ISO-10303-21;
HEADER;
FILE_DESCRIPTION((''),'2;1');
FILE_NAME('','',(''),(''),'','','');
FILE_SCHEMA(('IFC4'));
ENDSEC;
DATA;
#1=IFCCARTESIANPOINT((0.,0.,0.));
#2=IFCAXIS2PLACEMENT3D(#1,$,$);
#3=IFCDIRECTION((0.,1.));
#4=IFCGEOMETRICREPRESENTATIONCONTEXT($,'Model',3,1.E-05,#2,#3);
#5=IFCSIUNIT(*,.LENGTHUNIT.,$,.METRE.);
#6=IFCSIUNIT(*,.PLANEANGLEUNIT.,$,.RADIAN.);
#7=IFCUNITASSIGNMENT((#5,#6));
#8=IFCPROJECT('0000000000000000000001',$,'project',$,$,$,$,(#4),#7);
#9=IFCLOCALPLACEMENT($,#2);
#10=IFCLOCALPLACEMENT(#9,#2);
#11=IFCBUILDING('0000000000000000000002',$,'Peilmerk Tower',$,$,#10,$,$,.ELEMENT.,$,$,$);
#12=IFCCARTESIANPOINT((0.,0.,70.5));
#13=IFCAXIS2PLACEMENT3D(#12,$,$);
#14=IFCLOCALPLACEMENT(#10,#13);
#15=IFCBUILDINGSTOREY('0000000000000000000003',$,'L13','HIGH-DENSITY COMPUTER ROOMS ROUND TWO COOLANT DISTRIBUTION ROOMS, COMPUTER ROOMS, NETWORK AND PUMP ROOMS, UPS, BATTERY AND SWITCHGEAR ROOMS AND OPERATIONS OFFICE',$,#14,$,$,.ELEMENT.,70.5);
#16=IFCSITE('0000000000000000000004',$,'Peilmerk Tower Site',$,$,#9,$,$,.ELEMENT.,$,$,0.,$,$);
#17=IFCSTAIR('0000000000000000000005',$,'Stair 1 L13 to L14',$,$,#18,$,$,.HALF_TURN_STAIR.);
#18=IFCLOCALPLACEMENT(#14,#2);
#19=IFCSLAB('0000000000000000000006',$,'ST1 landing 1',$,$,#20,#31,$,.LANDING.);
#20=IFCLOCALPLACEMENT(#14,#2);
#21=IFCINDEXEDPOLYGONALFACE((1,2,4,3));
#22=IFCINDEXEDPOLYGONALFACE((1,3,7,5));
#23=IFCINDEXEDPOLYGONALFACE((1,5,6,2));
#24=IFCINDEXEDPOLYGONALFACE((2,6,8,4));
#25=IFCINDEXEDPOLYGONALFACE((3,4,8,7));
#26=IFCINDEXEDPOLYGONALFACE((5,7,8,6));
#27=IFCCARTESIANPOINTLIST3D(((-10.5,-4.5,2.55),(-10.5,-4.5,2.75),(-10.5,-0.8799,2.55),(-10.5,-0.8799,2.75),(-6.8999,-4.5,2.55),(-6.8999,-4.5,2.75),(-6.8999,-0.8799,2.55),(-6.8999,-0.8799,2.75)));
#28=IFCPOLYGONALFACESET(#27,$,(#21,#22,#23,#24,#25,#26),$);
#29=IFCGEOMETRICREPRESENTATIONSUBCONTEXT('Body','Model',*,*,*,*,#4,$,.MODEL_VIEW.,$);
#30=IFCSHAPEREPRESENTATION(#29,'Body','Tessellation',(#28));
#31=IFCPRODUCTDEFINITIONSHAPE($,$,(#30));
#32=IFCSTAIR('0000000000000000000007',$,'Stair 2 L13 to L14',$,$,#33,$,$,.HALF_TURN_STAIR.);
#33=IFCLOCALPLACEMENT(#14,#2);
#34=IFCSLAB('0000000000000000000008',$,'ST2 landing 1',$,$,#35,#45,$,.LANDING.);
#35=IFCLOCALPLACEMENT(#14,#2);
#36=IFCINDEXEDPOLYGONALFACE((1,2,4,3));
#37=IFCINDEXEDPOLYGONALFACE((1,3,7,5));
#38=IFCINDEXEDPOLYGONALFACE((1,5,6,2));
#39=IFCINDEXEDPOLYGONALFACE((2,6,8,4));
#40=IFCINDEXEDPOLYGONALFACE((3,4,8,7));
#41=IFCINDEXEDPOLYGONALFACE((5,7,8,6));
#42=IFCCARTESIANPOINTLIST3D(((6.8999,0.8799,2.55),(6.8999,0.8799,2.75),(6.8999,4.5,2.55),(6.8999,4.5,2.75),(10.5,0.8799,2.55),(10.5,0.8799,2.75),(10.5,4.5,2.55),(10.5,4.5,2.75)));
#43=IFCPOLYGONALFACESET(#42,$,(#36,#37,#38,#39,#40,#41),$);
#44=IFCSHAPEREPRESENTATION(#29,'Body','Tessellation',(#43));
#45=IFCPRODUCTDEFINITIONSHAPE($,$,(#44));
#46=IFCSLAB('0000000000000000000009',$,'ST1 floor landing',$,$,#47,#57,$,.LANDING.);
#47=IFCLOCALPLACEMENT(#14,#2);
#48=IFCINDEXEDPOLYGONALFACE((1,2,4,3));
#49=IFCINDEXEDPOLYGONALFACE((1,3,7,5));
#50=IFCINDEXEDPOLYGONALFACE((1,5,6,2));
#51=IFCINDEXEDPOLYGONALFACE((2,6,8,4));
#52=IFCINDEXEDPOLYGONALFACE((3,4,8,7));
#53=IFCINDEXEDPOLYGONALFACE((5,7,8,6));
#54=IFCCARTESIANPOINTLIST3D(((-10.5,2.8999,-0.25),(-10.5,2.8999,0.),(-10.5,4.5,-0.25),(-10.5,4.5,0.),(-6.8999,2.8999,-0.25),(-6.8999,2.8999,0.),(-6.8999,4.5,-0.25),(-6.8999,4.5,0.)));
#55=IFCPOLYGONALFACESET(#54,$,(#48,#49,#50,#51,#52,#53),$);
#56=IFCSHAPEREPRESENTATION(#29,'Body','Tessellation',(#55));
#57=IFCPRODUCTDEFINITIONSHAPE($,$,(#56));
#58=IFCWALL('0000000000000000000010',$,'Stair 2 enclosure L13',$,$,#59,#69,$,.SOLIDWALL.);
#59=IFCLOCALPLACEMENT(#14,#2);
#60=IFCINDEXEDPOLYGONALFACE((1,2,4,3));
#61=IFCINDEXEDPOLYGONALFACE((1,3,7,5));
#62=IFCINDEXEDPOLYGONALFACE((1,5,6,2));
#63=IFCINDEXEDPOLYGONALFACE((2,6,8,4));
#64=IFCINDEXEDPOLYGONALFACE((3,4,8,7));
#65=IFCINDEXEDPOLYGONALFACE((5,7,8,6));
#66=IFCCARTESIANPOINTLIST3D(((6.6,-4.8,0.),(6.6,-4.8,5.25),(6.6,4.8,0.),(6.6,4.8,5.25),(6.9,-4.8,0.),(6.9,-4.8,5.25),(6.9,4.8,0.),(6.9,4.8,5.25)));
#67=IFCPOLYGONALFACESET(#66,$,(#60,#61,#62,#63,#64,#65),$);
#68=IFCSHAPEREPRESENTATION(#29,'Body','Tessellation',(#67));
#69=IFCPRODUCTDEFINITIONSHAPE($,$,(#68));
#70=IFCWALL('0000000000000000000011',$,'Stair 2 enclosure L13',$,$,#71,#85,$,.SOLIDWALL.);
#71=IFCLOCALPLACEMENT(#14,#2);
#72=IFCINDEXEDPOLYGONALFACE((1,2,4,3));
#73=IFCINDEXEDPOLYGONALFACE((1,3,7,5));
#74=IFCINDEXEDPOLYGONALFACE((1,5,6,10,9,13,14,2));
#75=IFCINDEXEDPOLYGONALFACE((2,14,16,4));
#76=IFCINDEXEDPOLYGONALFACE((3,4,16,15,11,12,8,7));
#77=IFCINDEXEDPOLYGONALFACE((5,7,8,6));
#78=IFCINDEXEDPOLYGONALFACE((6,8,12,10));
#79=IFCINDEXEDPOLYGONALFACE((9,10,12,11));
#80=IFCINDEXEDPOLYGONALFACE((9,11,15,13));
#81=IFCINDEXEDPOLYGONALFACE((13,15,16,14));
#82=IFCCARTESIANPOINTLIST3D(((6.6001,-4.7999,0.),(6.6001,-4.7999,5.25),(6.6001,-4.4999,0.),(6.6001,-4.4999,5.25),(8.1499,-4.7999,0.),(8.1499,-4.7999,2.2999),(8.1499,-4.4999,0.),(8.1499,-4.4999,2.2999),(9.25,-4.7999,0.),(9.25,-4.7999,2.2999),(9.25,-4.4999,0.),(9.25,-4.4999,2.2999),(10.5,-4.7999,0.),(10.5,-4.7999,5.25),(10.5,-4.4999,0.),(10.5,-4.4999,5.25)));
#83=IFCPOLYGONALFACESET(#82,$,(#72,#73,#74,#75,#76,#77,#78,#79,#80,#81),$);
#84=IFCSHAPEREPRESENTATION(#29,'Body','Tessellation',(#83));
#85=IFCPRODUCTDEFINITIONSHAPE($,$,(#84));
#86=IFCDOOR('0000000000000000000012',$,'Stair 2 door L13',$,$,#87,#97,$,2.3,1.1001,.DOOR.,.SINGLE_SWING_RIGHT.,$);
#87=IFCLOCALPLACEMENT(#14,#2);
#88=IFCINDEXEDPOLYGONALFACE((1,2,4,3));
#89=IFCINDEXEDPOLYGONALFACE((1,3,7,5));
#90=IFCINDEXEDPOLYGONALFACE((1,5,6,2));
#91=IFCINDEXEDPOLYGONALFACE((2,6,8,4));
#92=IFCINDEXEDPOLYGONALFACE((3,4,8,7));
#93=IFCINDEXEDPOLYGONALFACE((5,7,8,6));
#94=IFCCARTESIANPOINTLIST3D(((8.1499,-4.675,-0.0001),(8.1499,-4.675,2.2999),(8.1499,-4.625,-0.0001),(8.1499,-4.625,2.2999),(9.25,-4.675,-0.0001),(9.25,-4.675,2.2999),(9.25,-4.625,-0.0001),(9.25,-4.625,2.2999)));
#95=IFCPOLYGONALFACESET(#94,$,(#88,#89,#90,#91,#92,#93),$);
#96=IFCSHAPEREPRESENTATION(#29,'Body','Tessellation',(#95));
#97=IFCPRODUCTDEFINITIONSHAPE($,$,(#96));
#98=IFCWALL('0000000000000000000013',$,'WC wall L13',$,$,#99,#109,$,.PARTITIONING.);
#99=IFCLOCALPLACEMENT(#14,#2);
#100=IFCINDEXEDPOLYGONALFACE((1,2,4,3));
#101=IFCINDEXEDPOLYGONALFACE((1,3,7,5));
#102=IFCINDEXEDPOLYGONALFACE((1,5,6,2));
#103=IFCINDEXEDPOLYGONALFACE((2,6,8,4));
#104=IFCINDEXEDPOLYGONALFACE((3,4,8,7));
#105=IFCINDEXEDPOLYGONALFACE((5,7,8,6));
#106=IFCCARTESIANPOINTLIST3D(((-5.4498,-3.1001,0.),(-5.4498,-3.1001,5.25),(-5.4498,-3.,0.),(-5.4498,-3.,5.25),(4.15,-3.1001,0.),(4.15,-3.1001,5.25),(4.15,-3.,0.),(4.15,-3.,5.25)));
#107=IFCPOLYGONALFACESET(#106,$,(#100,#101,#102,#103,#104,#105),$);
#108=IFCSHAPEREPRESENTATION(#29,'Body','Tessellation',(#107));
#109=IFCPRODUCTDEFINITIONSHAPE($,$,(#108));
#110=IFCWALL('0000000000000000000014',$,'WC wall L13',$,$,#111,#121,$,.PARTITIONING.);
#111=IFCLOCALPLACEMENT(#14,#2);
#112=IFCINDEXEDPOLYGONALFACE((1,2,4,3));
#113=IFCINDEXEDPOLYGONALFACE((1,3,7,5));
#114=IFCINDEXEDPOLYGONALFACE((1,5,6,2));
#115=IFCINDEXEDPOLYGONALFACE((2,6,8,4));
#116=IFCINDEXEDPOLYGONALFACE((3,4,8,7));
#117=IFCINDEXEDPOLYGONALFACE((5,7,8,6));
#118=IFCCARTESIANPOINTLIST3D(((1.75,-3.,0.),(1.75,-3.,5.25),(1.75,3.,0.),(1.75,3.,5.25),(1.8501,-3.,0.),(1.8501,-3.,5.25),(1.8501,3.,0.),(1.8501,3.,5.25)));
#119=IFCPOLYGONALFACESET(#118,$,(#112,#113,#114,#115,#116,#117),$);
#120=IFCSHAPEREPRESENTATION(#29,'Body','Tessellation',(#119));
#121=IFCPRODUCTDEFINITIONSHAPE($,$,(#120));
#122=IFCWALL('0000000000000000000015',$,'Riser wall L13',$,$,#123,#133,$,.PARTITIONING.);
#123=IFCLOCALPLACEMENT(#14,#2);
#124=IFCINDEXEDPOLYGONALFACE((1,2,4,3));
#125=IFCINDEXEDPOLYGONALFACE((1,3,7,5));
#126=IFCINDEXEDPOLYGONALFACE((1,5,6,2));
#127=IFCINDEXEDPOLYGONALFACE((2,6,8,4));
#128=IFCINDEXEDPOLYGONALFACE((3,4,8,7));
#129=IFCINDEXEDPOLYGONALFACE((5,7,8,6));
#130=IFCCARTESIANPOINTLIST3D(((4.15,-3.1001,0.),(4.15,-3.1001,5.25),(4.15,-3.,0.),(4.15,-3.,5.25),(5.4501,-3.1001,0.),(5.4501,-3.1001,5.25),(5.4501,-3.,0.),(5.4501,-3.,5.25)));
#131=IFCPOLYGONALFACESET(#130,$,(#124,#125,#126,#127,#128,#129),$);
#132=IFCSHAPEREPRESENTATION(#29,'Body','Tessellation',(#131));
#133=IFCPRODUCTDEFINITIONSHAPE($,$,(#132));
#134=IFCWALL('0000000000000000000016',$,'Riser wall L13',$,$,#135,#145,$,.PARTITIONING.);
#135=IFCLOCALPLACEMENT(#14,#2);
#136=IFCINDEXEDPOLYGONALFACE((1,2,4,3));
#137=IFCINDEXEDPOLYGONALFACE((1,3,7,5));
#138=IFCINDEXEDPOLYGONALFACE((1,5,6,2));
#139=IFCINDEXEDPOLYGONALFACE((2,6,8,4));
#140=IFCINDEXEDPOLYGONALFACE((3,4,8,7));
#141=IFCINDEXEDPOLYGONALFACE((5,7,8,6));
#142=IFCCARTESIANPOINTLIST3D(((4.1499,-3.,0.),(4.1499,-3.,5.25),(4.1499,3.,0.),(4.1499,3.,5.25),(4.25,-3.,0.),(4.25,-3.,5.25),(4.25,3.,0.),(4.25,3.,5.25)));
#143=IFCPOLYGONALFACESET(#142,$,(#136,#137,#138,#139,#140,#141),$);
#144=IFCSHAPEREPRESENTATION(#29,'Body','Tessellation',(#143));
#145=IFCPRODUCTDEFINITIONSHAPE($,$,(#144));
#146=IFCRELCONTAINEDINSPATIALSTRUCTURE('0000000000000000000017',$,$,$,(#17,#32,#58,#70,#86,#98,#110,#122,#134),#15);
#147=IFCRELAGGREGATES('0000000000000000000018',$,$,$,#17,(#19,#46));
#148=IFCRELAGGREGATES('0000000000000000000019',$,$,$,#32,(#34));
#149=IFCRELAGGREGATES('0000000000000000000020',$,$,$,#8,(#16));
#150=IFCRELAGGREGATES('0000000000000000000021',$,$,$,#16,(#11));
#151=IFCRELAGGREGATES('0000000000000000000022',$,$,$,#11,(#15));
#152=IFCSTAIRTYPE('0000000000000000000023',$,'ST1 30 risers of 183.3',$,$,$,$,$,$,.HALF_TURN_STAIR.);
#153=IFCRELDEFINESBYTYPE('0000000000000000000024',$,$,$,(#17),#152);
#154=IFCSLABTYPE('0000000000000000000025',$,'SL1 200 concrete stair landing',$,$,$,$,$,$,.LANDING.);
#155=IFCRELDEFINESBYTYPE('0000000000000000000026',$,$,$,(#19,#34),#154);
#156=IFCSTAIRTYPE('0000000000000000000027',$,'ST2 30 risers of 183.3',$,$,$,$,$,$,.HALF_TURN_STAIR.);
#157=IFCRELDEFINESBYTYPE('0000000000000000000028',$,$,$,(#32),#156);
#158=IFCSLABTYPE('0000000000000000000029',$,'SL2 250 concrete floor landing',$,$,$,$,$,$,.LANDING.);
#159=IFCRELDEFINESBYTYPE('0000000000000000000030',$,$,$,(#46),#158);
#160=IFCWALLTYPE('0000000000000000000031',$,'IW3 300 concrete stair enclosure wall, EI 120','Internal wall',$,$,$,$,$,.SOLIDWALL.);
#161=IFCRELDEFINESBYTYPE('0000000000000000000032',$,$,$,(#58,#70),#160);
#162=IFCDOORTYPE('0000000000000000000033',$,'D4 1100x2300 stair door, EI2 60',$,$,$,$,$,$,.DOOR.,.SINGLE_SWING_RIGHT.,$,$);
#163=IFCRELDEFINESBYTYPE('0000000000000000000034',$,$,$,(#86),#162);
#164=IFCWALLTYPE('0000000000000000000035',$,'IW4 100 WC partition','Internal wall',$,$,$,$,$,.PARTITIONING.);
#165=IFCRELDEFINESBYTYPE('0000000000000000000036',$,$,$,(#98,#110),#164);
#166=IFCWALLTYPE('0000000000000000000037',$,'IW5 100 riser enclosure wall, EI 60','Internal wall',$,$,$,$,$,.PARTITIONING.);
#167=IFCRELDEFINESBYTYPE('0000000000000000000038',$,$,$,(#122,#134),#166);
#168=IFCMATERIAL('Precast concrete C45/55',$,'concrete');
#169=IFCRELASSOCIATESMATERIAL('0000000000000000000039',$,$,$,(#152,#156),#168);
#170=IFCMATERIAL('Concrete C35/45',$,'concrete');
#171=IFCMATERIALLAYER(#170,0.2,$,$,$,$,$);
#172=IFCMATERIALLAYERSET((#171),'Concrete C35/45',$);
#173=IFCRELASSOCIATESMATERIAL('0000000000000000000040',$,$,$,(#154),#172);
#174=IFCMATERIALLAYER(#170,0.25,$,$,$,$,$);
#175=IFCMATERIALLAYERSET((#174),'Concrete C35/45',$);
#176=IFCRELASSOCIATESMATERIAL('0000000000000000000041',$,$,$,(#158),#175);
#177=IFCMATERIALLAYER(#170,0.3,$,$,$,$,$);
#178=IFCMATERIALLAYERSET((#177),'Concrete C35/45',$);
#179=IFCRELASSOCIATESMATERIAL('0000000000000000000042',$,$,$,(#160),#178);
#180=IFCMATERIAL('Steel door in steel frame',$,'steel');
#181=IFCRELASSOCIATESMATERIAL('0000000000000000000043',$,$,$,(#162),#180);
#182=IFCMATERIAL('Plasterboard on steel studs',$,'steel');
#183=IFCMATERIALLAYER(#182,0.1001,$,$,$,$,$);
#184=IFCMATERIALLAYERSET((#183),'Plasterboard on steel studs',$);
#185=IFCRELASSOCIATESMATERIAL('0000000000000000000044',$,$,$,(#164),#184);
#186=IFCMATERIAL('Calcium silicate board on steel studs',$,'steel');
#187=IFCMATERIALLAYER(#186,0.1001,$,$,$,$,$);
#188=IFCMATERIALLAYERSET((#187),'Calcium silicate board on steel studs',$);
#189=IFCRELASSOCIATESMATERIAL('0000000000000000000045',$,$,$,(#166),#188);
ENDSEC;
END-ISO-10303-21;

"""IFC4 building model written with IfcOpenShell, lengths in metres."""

from ifc_helpers import new_model, si_unit, direction, frame, frame_2d, origin, place, context, subcontext, project, spatial, polyline, rectangle, outline, extrude, material, layer, layer_set, type_object, element, fill, aggregate, save


model = new_model("IFC4")

# Units and contexts
model_context = context("Model", 3, precision=1e-05, world=origin(), true_north=direction((0.0, 1.0)))
body_context = subcontext(model_context, "Body", "Model", "MODEL_VIEW")
ifc_project = project(units=[si_unit("LENGTHUNIT", "METRE"), si_unit("PLANEANGLEUNIT", "RADIAN")], contexts=[model_context])

# Site, building, storey
site_placement = place(None, origin())
site = spatial("IfcSite", under=ifc_project, at=site_placement, Name="Peilmerk Tower Site", CompositionType="ELEMENT", RefElevation=0.0)
building_placement = place(site_placement, origin())
building = spatial("IfcBuilding", under=site, at=building_placement, Name="Peilmerk Tower", CompositionType="ELEMENT")
storey_placement = place(building_placement, frame((0.0, 0.0, 70.5)))
storey = spatial("IfcBuildingStorey", under=building, at=storey_placement, Name="L13", Description="HIGH-DENSITY COMPUTER ROOMS ROUND TWO COOLANT DISTRIBUTION ROOMS, COMPUTER ROOMS, NETWORK AND PUMP ROOMS, UPS, BATTERY AND SWITCHGEAR ROOMS AND OPERATIONS OFFICE", CompositionType="ELEMENT", Elevation=70.5)

# Stairs, slabs
ifc_material_1 = material(Name="Precast concrete C45/55", Category="concrete")
stair_type_1 = type_object("IfcStairType", Name="ST1 30 risers of 183.3", PredefinedType="HALF_TURN_STAIR", material=ifc_material_1)
stair_1_placement = place(storey_placement, origin())
stair_1 = element("IfcStair", 1, at=stair_1_placement, inside=storey, type_object=stair_type_1, Name="Stair 1 L13 to L14", PredefinedType="HALF_TURN_STAIR")
ifc_material_2 = material(Name="Concrete C35/45", Category="concrete")
ifc_layer_1 = layer(ifc_material_2, 0.2)
ifc_layer_set_1 = layer_set([ifc_layer_1], Name="Concrete C35/45")
slab_type_1 = type_object("IfcSlabType", Name="SL1 200 concrete stair landing", PredefinedType="LANDING", material=ifc_layer_set_1)
slab_1_placement = place(storey_placement, frame((0.0, 0.0, 2.55)))
slab_1 = element("IfcSlab", 2, at=slab_1_placement, type_object=slab_type_1, Name="ST1 landing 1", PredefinedType="LANDING", context=body_context, shape_type="SweptSolid", body=[
    extrude(outline(polyline([(-10.5, -4.5), (-6.8999, -4.5), (-6.8999, -0.8799), (-10.5, -0.8799), (-10.5, -4.5)])), origin(), (0.0, 0.0, 1.0), 0.2),
])
stair_type_2 = type_object("IfcStairType", Name="ST2 30 risers of 183.3", PredefinedType="HALF_TURN_STAIR", material=ifc_material_1)
stair_2_placement = place(storey_placement, origin())
stair_2 = element("IfcStair", 3, at=stair_2_placement, inside=storey, type_object=stair_type_2, Name="Stair 2 L13 to L14", PredefinedType="HALF_TURN_STAIR")
slab_2_placement = place(storey_placement, frame((0.0, 0.0, 2.55)))
slab_2 = element("IfcSlab", 4, at=slab_2_placement, type_object=slab_type_1, Name="ST2 landing 1", PredefinedType="LANDING", context=body_context, shape_type="SweptSolid", body=[
    extrude(outline(polyline([(6.8999, 0.8799), (10.5, 0.8799), (10.5, 4.5), (6.8999, 4.5), (6.8999, 0.8799)])), origin(), (0.0, 0.0, 1.0), 0.2),
])

# Slab
ifc_layer_2 = layer(ifc_material_2, 0.25)
ifc_layer_set_2 = layer_set([ifc_layer_2], Name="Concrete C35/45")
slab_type_2 = type_object("IfcSlabType", Name="SL2 250 concrete floor landing", PredefinedType="LANDING", material=ifc_layer_set_2)
slab_3_placement = place(storey_placement, frame((0.0, 0.0, -0.25)))
slab_3 = element("IfcSlab", 5, at=slab_3_placement, type_object=slab_type_2, Name="ST1 floor landing", PredefinedType="LANDING", context=body_context, shape_type="SweptSolid", body=[
    extrude(outline(polyline([(-10.5, 2.8999), (-6.8999, 2.8999), (-6.8999, 4.5), (-10.5, 4.5), (-10.5, 2.8999)])), origin(), (0.0, 0.0, 1.0), 0.25),
])
aggregate(stair_1, [slab_1, slab_3])

# Wall
ifc_layer_3 = layer(ifc_material_2, 0.3)
ifc_layer_set_3 = layer_set([ifc_layer_3], Name="Concrete C35/45")
wall_type_1 = type_object("IfcWallType", Name="IW3 300 concrete stair enclosure wall, EI 120", Description="Internal wall", PredefinedType="SOLIDWALL", material=ifc_layer_set_3)
wall_1_placement = place(storey_placement, frame((6.75, -4.8, 0.0), z_axis=(0.0, 0.0, 1.0), x_axis=(0.0, 1.0, 0.0)))
element("IfcWall", 6, at=wall_1_placement, inside=storey, type_object=wall_type_1, Name="Stair 2 enclosure L13", PredefinedType="SOLIDWALL", context=body_context, shape_type="SweptSolid", body=[
    extrude(rectangle(XDim=9.6001, YDim=0.3, at=frame_2d((4.8, 0.0))), origin(), (0.0, 0.0, 1.0), 5.25),
])

# Wall, opening, door
wall_2_placement = place(storey_placement, frame((10.5, -4.6499, 0.0), z_axis=(0.0, 0.0, 1.0), x_axis=(-1.0, 0.0, 0.0)))
wall_2 = element("IfcWall", 7, at=wall_2_placement, inside=storey, type_object=wall_type_1, Name="Stair 2 enclosure L13", PredefinedType="SOLIDWALL", context=body_context, shape_type="SweptSolid", body=[
    extrude(rectangle(XDim=3.8999, YDim=0.3, at=frame_2d((1.95, 0.0))), origin(), (0.0, 0.0, 1.0), 5.25),
])
opening_1_placement = place(wall_2_placement, frame((1.25, 0.0, 0.0)))
opening_1 = element("IfcOpeningElement", 8, at=opening_1_placement, cuts=wall_2, PredefinedType="OPENING", context=body_context, shape_type="SweptSolid", body=[
    extrude(rectangle(XDim=1.1001, YDim=2.3, at=frame_2d((0.55, 1.1499))), frame((0.0, 0.1599, 0.0), z_axis=(0.0, -1.0, 0.0), x_axis=(1.0, 0.0, 0.0)), (0.0, 0.0, 1.0), 0.3201),
])
ifc_material_3 = material(Name="Steel door in steel frame", Category="steel")
door_type_1 = type_object("IfcDoorType", Name="D4 1100x2300 stair door, EI2 60", OperationType="SINGLE_SWING_RIGHT", PredefinedType="DOOR", material=ifc_material_3)
door_1_placement = place(opening_1_placement, frame((1.1001, 0.0, 0.0), z_axis=(0.0, 0.0, 1.0), x_axis=(-1.0, 0.0, 0.0)))
door_1 = element("IfcDoor", 9, at=door_1_placement, inside=storey, type_object=door_type_1, Name="Stair 2 door L13", OperationType="SINGLE_SWING_RIGHT", OverallHeight=2.3, OverallWidth=1.1001, PredefinedType="DOOR", context=body_context, shape_type="SweptSolid", body=[
    extrude(rectangle(XDim=1.1001, YDim=2.3, at=frame_2d((0.55, 1.1499))), frame((0.0, 0.0249, 0.0), z_axis=(0.0, -1.0, 0.0), x_axis=(1.0, 0.0, 0.0)), (0.0, 0.0, 1.0), 0.05),
])
fill(opening_1, door_1)

# Walls
ifc_material_4 = material(Name="Plasterboard on steel studs", Category="steel")
ifc_layer_4 = layer(ifc_material_4, 0.1001)
ifc_layer_set_4 = layer_set([ifc_layer_4], Name="Plasterboard on steel studs")
wall_type_2 = type_object("IfcWallType", Name="IW4 100 WC partition", Description="Internal wall", PredefinedType="PARTITIONING", material=ifc_layer_set_4)
wall_3_placement = place(storey_placement, frame((4.1499, -3.05, 0.0), z_axis=(0.0, 0.0, 1.0), x_axis=(-1.0, 0.0, 0.0)))
element("IfcWall", 10, at=wall_3_placement, inside=storey, type_object=wall_type_2, Name="WC wall L13", PredefinedType="PARTITIONING", context=body_context, shape_type="SweptSolid", body=[
    extrude(rectangle(XDim=9.5999, YDim=0.1001, at=frame_2d((4.7998, 0.0))), origin(), (0.0, 0.0, 1.0), 5.25),
])
wall_4_placement = place(storey_placement, frame((1.8, -3.0, 0.0), z_axis=(0.0, 0.0, 1.0), x_axis=(0.0, 1.0, 0.0)))
element("IfcWall", 11, at=wall_4_placement, inside=storey, type_object=wall_type_2, Name="WC wall L13", PredefinedType="PARTITIONING", context=body_context, shape_type="SweptSolid", body=[
    extrude(rectangle(XDim=6.0, YDim=0.1001, at=frame_2d((3.0, 0.0))), origin(), (0.0, 0.0, 1.0), 5.25),
])
ifc_material_5 = material(Name="Calcium silicate board on steel studs", Category="steel")
ifc_layer_5 = layer(ifc_material_5, 0.1001)
ifc_layer_set_5 = layer_set([ifc_layer_5], Name="Calcium silicate board on steel studs")
wall_type_3 = type_object("IfcWallType", Name="IW5 100 riser enclosure wall, EI 60", Description="Internal wall", PredefinedType="PARTITIONING", material=ifc_layer_set_5)
wall_5_placement = place(storey_placement, frame((5.45, -3.05, 0.0), z_axis=(0.0, 0.0, 1.0), x_axis=(-1.0, 0.0, 0.0)))
element("IfcWall", 12, at=wall_5_placement, inside=storey, type_object=wall_type_3, Name="Riser wall L13", PredefinedType="PARTITIONING", context=body_context, shape_type="SweptSolid", body=[
    extrude(rectangle(XDim=1.3, YDim=0.1001, at=frame_2d((0.6499, 0.0))), origin(), (0.0, 0.0, 1.0), 5.25),
])
wall_6_placement = place(storey_placement, frame((4.2, -3.0, 0.0), z_axis=(0.0, 0.0, 1.0), x_axis=(0.0, 1.0, 0.0)))
element("IfcWall", 13, at=wall_6_placement, inside=storey, type_object=wall_type_3, Name="Riser wall L13", PredefinedType="PARTITIONING", context=body_context, shape_type="SweptSolid", body=[
    extrude(rectangle(XDim=6.0, YDim=0.1001, at=frame_2d((3.0, 0.0))), origin(), (0.0, 0.0, 1.0), 5.25),
])

aggregate(stair_2, [slab_2])

save(model, "model.ifc")
